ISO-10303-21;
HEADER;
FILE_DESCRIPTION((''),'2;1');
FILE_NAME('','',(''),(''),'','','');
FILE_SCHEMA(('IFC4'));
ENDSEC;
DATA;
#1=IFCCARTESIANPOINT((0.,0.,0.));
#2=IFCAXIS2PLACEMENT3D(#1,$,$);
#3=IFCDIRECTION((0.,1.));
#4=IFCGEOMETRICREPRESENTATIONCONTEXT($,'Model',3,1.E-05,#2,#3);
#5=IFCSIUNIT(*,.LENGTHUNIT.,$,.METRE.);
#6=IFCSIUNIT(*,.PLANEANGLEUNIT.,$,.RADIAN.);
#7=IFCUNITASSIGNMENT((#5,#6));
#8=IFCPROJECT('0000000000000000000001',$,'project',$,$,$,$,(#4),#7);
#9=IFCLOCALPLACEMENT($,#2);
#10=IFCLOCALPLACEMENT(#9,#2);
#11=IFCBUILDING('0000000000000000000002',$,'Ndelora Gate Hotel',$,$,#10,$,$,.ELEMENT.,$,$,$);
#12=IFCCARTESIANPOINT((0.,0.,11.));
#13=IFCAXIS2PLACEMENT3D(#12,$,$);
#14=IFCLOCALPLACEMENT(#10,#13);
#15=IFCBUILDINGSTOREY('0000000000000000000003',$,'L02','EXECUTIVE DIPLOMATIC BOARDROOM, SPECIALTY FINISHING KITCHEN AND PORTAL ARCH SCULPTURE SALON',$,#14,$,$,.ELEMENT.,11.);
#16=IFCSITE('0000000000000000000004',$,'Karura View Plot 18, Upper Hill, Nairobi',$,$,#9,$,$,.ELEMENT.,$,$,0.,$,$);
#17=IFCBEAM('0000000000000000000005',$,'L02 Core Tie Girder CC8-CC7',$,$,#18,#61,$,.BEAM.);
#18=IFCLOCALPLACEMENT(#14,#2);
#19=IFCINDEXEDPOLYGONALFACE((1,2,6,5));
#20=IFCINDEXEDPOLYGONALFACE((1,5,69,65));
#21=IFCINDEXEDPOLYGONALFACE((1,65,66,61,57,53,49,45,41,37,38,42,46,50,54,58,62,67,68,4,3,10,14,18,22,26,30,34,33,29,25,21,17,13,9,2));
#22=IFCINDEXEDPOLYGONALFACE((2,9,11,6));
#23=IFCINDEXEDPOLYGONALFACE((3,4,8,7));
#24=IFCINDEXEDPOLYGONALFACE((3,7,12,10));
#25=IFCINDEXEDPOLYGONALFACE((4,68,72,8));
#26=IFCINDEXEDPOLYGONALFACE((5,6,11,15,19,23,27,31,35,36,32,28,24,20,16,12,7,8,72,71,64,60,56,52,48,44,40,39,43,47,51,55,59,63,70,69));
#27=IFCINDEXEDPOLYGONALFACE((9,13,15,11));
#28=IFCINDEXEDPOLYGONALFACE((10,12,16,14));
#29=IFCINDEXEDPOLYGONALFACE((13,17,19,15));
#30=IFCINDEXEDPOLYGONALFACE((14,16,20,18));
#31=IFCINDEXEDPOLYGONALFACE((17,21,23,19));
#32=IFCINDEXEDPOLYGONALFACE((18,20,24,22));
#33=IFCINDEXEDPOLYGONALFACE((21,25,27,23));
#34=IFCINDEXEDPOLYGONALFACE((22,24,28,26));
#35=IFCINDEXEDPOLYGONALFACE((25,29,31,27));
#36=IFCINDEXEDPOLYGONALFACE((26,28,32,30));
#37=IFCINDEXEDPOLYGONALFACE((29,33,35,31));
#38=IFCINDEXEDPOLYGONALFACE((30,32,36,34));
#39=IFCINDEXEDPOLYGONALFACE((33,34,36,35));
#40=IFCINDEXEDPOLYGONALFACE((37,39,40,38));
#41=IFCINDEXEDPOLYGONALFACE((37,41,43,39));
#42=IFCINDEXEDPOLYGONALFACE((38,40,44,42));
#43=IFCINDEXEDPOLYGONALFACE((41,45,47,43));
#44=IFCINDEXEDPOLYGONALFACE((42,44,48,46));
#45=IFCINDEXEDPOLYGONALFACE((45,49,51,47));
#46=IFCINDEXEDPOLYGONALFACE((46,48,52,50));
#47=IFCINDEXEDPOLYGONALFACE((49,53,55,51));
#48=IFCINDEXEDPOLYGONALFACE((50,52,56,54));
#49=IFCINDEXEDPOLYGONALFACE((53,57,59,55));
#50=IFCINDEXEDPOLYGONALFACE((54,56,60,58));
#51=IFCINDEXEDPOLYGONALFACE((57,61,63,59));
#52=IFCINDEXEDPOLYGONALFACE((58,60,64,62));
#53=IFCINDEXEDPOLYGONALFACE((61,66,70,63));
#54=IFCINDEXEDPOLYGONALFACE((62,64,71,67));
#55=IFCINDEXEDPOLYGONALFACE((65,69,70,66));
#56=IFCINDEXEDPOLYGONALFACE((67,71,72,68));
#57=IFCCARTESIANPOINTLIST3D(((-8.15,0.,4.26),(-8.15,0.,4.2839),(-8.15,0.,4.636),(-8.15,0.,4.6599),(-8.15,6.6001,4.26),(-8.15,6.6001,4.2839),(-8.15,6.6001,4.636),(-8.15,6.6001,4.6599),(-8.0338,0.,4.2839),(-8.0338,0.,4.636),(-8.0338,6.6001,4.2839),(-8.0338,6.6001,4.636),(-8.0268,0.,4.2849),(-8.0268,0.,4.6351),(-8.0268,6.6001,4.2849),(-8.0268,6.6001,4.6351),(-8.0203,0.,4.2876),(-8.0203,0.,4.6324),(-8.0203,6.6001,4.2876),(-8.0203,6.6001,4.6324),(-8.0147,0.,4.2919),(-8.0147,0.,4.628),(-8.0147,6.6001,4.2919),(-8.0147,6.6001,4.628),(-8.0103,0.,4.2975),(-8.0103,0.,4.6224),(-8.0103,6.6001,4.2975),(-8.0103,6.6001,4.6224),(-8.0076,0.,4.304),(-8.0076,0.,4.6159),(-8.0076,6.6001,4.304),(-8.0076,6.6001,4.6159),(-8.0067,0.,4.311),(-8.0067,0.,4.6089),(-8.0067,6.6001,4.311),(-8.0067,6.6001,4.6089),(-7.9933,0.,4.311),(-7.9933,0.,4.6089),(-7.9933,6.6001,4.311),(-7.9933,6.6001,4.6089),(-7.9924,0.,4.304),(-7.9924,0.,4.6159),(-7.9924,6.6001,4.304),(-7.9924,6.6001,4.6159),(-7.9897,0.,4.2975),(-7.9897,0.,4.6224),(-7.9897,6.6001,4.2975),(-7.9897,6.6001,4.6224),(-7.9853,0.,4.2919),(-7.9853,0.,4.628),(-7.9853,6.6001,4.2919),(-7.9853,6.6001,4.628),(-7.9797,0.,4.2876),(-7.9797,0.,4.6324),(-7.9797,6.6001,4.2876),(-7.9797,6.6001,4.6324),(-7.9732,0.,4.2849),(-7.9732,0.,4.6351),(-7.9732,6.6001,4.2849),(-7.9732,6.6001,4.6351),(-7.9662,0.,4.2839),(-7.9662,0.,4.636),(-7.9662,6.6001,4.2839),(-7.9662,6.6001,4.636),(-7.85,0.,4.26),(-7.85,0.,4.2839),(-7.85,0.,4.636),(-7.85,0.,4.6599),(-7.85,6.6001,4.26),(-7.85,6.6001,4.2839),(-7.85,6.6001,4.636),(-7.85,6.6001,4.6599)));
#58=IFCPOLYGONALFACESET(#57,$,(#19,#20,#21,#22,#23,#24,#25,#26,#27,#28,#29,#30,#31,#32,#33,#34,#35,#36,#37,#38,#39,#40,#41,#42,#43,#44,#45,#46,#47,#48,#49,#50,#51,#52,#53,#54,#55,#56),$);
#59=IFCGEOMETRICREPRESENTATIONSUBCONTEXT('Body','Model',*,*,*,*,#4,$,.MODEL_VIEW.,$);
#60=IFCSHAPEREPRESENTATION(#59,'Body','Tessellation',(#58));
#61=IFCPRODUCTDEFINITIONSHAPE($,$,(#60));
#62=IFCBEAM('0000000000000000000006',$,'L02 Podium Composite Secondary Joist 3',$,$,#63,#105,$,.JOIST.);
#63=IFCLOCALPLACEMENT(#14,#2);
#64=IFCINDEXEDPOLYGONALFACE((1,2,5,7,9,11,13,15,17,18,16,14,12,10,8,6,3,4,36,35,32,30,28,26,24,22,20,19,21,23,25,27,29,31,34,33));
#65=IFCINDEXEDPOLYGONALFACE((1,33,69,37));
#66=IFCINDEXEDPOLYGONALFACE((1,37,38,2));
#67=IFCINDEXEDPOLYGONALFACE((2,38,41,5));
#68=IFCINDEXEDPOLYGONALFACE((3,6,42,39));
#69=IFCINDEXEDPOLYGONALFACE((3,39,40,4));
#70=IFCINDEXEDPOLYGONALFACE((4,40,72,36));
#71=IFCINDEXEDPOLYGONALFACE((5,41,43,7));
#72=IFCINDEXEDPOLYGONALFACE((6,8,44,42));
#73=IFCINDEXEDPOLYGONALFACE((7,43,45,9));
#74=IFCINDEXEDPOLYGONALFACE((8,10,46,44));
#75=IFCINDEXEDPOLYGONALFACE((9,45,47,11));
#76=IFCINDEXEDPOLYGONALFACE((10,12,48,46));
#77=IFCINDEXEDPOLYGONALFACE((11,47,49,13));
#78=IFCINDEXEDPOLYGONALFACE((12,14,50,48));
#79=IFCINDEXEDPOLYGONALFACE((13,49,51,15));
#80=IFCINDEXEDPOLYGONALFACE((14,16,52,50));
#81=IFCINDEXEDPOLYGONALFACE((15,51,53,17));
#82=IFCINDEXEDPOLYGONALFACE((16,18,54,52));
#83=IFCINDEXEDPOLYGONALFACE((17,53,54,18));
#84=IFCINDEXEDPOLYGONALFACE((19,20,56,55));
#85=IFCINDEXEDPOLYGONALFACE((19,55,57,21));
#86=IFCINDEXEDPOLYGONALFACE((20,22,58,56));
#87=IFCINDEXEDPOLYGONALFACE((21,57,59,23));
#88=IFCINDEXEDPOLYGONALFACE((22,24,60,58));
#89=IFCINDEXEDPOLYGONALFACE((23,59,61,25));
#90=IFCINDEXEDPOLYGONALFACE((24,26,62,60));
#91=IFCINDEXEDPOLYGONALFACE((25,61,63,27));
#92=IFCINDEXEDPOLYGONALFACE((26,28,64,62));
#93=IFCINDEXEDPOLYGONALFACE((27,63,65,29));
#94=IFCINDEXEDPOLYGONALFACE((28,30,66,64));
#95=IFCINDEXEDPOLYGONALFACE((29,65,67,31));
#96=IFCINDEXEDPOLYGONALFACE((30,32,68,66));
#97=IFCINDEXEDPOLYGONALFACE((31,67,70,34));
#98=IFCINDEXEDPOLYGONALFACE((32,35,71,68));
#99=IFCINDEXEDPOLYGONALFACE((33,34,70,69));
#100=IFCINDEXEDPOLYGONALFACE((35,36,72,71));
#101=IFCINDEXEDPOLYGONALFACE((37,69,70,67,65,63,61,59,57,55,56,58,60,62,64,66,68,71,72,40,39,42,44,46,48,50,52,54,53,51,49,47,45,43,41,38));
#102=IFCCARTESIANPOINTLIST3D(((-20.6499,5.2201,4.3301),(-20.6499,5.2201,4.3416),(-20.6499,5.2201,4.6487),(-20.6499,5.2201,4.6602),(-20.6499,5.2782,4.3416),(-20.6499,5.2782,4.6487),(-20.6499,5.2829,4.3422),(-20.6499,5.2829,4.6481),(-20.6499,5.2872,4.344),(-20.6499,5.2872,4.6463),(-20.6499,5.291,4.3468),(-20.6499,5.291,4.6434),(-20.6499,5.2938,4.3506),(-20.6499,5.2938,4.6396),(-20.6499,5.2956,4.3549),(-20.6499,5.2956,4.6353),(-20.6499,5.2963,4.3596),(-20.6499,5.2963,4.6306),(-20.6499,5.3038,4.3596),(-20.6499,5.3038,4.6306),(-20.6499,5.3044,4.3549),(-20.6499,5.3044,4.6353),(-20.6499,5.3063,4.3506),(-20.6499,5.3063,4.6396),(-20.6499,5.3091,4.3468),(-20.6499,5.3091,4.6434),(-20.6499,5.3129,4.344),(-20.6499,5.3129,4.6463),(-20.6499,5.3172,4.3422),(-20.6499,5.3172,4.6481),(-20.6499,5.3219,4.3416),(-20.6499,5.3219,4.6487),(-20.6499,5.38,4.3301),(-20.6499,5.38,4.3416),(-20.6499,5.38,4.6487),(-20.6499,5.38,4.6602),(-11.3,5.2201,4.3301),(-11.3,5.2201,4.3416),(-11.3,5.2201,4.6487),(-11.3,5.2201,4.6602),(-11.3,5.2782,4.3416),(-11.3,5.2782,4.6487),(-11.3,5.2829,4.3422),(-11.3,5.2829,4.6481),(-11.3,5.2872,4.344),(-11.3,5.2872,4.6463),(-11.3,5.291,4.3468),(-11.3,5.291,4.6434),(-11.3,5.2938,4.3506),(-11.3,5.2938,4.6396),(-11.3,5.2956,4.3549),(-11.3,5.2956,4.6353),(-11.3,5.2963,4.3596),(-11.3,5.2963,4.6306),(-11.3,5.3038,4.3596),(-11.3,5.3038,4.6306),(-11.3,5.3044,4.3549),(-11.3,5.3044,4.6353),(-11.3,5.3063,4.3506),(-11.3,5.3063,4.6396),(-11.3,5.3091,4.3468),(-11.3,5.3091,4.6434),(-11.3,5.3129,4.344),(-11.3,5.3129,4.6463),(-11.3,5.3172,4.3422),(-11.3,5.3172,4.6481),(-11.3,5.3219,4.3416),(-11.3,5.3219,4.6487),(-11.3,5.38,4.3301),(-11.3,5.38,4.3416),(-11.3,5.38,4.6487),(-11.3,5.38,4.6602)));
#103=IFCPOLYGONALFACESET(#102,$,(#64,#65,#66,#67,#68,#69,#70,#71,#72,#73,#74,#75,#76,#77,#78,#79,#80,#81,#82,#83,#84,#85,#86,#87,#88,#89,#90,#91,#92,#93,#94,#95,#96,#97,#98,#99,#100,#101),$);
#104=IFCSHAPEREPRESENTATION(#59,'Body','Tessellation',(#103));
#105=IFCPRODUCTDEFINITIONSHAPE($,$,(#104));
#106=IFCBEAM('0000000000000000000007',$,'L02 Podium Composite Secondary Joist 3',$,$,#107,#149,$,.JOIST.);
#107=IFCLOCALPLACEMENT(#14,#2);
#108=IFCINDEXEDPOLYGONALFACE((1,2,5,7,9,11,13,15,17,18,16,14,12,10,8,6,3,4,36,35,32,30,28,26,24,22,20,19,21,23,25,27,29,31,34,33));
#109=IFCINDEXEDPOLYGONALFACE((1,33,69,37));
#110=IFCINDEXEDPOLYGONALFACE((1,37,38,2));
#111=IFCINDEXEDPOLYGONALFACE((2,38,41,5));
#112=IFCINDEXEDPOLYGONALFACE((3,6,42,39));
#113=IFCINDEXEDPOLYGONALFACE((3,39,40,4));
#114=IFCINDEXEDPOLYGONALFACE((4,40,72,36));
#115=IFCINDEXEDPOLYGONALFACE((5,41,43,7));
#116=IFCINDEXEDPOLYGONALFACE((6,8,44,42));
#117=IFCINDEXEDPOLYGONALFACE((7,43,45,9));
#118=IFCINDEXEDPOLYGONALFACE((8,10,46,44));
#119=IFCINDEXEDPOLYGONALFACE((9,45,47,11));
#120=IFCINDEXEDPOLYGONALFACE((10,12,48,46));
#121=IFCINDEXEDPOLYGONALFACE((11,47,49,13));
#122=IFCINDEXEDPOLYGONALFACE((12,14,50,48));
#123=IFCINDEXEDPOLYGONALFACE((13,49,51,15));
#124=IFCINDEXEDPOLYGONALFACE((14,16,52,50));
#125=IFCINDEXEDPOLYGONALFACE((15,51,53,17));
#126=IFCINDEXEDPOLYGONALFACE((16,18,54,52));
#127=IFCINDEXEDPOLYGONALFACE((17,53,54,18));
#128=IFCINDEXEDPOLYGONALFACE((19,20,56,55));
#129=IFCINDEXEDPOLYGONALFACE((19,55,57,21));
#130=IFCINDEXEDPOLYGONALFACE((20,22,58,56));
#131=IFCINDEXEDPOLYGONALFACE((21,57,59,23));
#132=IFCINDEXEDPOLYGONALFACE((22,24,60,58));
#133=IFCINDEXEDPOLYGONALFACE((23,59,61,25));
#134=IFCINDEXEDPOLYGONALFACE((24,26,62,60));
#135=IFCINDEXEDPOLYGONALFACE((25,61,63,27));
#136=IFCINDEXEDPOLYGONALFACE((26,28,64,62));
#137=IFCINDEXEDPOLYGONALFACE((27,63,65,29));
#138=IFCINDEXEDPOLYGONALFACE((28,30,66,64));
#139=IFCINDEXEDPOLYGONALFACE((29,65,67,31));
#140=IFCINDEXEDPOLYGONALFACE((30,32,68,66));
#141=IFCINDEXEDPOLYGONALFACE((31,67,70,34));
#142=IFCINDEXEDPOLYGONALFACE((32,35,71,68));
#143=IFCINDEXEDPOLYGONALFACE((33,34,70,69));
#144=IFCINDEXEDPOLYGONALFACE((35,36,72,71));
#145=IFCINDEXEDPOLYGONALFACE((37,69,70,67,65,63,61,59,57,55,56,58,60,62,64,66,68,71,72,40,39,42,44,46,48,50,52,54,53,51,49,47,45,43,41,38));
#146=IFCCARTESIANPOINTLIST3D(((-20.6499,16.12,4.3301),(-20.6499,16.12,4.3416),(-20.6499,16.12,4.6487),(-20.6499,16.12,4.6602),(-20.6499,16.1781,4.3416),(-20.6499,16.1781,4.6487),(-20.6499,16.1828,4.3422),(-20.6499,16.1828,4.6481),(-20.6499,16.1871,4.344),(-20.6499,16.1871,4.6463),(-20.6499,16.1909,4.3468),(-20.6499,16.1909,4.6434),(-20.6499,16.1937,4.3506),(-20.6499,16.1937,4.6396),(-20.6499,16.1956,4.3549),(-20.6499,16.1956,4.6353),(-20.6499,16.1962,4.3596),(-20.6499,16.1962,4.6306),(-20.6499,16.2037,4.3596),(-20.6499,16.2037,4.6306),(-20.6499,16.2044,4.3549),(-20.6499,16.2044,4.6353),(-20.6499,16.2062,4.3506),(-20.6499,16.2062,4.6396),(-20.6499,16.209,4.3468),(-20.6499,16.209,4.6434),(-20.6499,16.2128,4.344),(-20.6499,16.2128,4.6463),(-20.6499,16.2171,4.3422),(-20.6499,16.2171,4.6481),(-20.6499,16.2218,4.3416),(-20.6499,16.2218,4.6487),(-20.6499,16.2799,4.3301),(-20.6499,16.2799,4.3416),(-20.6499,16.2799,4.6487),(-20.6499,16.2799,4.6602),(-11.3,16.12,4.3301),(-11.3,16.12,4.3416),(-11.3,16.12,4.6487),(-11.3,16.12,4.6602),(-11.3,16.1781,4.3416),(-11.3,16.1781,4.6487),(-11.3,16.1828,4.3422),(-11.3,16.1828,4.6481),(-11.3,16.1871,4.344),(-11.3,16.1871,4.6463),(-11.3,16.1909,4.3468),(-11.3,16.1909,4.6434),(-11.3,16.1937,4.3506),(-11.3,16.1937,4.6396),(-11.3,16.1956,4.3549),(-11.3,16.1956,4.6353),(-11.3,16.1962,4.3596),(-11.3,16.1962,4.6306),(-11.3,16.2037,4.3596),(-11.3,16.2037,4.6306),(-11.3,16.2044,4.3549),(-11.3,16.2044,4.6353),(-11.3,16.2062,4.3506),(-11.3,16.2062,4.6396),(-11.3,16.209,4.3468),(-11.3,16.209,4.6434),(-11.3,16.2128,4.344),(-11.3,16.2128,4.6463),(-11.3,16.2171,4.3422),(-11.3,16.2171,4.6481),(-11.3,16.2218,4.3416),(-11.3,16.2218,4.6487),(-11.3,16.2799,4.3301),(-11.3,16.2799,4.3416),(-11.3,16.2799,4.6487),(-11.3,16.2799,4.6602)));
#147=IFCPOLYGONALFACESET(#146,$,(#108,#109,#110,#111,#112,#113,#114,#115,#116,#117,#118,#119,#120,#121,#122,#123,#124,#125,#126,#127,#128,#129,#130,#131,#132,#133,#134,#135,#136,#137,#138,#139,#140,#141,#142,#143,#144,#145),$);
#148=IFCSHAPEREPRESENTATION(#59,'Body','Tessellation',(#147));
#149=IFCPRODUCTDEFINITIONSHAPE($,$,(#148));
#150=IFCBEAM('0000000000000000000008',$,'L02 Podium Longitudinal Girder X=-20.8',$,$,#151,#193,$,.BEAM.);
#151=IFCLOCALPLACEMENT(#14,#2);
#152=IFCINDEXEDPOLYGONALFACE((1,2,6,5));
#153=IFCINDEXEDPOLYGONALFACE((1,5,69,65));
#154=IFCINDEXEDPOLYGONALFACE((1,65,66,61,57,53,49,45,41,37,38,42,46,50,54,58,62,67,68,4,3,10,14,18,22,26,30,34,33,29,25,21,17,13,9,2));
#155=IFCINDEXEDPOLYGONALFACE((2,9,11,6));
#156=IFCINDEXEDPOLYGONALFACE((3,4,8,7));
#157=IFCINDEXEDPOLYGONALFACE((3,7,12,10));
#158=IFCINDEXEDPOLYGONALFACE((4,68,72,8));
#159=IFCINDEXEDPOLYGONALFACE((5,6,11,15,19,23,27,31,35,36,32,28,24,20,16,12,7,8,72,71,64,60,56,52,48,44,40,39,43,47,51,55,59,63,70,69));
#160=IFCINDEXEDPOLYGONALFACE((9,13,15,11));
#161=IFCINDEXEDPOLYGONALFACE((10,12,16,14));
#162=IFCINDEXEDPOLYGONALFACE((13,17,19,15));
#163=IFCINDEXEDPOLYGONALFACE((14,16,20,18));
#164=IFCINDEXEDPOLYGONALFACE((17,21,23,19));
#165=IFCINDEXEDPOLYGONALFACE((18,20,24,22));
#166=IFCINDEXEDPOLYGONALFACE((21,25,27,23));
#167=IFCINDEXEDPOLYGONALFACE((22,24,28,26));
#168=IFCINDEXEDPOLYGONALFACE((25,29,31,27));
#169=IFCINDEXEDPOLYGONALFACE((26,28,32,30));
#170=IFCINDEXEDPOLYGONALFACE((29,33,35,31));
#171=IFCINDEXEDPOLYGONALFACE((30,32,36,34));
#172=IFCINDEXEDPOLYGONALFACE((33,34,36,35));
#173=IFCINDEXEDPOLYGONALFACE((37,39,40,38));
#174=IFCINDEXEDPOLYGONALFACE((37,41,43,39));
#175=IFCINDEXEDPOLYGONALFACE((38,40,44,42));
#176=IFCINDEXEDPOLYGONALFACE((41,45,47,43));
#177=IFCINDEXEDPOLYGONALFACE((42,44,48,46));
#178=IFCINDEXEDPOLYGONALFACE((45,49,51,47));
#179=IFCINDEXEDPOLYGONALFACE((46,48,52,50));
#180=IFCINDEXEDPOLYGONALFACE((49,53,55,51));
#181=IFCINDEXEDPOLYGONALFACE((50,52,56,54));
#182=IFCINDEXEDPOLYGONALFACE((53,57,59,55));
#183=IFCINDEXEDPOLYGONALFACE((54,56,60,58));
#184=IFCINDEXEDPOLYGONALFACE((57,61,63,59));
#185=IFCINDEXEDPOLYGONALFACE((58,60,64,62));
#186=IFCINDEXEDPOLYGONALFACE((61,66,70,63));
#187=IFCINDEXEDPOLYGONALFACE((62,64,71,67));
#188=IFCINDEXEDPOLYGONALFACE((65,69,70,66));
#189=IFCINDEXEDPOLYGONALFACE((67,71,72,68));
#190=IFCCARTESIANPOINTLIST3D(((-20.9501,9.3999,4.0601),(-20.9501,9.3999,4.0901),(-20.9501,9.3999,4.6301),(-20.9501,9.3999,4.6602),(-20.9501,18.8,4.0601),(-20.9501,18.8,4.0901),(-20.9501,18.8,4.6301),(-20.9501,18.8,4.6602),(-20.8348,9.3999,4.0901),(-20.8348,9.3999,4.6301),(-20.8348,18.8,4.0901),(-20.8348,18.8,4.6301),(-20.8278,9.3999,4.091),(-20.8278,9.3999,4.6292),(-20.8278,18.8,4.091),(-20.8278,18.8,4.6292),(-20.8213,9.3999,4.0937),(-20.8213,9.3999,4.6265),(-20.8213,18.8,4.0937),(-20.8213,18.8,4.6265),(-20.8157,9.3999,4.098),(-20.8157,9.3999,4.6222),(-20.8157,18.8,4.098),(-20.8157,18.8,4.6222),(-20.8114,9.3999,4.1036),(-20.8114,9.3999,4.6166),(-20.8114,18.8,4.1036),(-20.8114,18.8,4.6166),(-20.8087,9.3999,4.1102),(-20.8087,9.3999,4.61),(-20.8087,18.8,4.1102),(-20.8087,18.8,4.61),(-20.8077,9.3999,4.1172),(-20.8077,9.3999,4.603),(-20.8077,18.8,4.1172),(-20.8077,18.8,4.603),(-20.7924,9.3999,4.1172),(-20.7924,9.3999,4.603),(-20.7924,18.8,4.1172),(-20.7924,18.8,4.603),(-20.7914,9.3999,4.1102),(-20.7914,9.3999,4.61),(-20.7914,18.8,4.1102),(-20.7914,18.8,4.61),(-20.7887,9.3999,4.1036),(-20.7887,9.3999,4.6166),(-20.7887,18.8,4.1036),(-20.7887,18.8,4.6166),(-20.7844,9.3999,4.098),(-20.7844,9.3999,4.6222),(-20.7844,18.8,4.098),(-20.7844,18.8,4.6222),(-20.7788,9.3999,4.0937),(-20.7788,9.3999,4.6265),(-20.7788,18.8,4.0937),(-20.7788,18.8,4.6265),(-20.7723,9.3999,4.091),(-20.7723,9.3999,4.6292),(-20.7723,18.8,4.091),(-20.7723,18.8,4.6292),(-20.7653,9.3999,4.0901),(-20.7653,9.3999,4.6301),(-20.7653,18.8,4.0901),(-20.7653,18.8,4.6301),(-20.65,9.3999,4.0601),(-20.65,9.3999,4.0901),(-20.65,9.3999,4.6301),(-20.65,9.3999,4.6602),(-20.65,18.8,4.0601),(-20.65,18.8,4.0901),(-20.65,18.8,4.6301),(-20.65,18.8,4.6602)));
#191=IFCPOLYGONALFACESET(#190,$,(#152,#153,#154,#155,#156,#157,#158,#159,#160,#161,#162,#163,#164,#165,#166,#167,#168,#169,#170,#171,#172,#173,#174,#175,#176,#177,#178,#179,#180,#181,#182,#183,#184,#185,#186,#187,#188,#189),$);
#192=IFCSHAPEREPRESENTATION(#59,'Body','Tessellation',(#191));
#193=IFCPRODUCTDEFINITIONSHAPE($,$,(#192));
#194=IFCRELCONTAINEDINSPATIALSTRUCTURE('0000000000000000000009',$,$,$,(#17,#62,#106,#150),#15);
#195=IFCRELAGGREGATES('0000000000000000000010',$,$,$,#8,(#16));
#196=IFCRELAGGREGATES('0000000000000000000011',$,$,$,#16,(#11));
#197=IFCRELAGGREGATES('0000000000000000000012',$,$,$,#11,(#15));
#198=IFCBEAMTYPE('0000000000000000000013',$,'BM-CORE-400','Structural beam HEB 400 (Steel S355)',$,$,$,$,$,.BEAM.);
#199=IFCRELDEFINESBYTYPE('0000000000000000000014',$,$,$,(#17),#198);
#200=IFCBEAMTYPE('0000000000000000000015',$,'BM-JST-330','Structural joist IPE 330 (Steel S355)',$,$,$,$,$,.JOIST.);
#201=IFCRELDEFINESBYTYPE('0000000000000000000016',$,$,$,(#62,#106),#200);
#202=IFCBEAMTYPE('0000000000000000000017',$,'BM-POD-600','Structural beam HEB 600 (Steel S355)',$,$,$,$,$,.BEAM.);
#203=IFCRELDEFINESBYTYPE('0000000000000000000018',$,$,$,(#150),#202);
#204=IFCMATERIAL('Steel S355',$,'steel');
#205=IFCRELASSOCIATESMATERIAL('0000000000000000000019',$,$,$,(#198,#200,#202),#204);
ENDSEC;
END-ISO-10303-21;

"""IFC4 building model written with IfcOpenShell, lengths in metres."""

from ifc_helpers import new_model, si_unit, direction, frame, origin, origin_2d, place, context, subcontext, project, spatial, i_section, extrude, material, material_profile, profile_set, type_object, element, save


model = new_model("IFC4")

# Units and contexts
model_context = context("Model", 3, precision=1e-05, world=origin(), true_north=direction((0.0, 1.0)))
body_context = subcontext(model_context, "Body", "Model", "MODEL_VIEW")
ifc_project = project(units=[si_unit("LENGTHUNIT", "METRE"), si_unit("PLANEANGLEUNIT", "RADIAN")], contexts=[model_context])

# Site, building, storey
site_placement = place(None, origin())
site = spatial("IfcSite", under=ifc_project, at=site_placement, Name="Karura View Plot 18, Upper Hill, Nairobi", CompositionType="ELEMENT", RefElevation=0.0)
building_placement = place(site_placement, origin())
building = spatial("IfcBuilding", under=site, at=building_placement, Name="Ndelora Gate Hotel", CompositionType="ELEMENT")
storey_placement = place(building_placement, frame((0.0, 0.0, 11.0)))
storey = spatial("IfcBuildingStorey", under=building, at=storey_placement, Name="L02", Description="EXECUTIVE DIPLOMATIC BOARDROOM, SPECIALTY FINISHING KITCHEN AND PORTAL ARCH SCULPTURE SALON", CompositionType="ELEMENT", Elevation=11.0)

# Beams
ifc_material_1 = material(Name="Steel S355", Category="steel")
ifc_material_profile_1 = material_profile(ifc_material_1, i_section(OverallWidth=0.3, OverallDepth=0.3999, WebThickness=0.0134, FlangeThickness=0.0239, FilletRadius=0.0271, at=origin_2d()), Name="HEB 400")
ifc_profile_set_1 = profile_set([ifc_material_profile_1], Name="Steel S355")
beam_type_1 = type_object("IfcBeamType", Name="BM-CORE-400", Description="Structural beam HEB 400 (Steel S355)", PredefinedType="BEAM", material=ifc_profile_set_1)
beam_1_placement = place(storey_placement, frame((-8.0, 0.0, 4.46), z_axis=(0.0, 1.0, 0.0), x_axis=(-1.0, 0.0, 0.0)))
element("IfcBeam", 1, at=beam_1_placement, inside=storey, type_object=beam_type_1, Name="L02 Core Tie Girder CC8-CC7", PredefinedType="BEAM", context=body_context, shape_type="SweptSolid", body=[
    extrude(i_section(OverallWidth=0.3, OverallDepth=0.3999, WebThickness=0.0134, FlangeThickness=0.0239, FilletRadius=0.0271, at=origin_2d()), origin(), (0.0, 0.0, 1.0), 6.6001),
])
ifc_material_profile_2 = material_profile(ifc_material_1, i_section(OverallWidth=0.1599, OverallDepth=0.3301, WebThickness=0.0076, FlangeThickness=0.0115, FilletRadius=0.0181, at=origin_2d()), Name="IPE 330")
ifc_profile_set_2 = profile_set([ifc_material_profile_2], Name="Steel S355")
beam_type_2 = type_object("IfcBeamType", Name="BM-JST-330", Description="Structural joist IPE 330 (Steel S355)", PredefinedType="JOIST", material=ifc_profile_set_2)
for number, where, z_axis, x_axis, name in (
    (2, (-20.6499, 5.3, 4.4951), (1.0, 0.0, 0.0), (0.0, 1.0, 0.0), "L02 Podium Composite Secondary Joist 3"),
    (3, (-20.6499, 16.2, 4.4951), (1.0, 0.0, 0.0), (0.0, 1.0, 0.0), "L02 Podium Composite Secondary Joist 3"),
):
    element("IfcBeam", number, at=place(storey_placement, frame(where, z_axis=z_axis, x_axis=x_axis)), inside=storey, type_object=beam_type_2, Name=name, PredefinedType="JOIST", context=body_context, shape_type="SweptSolid", body=[
        extrude(i_section(OverallWidth=0.1599, OverallDepth=0.3301, WebThickness=0.0076, FlangeThickness=0.0115, FilletRadius=0.0181, at=origin_2d()), origin(), (0.0, 0.0, 1.0), 9.3499),
    ])
ifc_material_profile_3 = material_profile(ifc_material_1, i_section(OverallWidth=0.3, OverallDepth=0.6001, WebThickness=0.0154, FlangeThickness=0.03, FilletRadius=0.0271, at=origin_2d()), Name="HEB 600")
ifc_profile_set_3 = profile_set([ifc_material_profile_3], Name="Steel S355")
beam_type_3 = type_object("IfcBeamType", Name="BM-POD-600", Description="Structural beam HEB 600 (Steel S355)", PredefinedType="BEAM", material=ifc_profile_set_3)
beam_2_placement = place(storey_placement, frame((-20.8, 9.3999, 4.3601), z_axis=(0.0, 1.0, 0.0), x_axis=(-1.0, 0.0, 0.0)))
element("IfcBeam", 4, at=beam_2_placement, inside=storey, type_object=beam_type_3, Name="L02 Podium Longitudinal Girder X=-20.8", PredefinedType="BEAM", context=body_context, shape_type="SweptSolid", body=[
    extrude(i_section(OverallWidth=0.3, OverallDepth=0.6001, WebThickness=0.0154, FlangeThickness=0.03, FilletRadius=0.0271, at=origin_2d()), origin(), (0.0, 0.0, 1.0), 9.4001),
])

save(model, "model.ifc")
